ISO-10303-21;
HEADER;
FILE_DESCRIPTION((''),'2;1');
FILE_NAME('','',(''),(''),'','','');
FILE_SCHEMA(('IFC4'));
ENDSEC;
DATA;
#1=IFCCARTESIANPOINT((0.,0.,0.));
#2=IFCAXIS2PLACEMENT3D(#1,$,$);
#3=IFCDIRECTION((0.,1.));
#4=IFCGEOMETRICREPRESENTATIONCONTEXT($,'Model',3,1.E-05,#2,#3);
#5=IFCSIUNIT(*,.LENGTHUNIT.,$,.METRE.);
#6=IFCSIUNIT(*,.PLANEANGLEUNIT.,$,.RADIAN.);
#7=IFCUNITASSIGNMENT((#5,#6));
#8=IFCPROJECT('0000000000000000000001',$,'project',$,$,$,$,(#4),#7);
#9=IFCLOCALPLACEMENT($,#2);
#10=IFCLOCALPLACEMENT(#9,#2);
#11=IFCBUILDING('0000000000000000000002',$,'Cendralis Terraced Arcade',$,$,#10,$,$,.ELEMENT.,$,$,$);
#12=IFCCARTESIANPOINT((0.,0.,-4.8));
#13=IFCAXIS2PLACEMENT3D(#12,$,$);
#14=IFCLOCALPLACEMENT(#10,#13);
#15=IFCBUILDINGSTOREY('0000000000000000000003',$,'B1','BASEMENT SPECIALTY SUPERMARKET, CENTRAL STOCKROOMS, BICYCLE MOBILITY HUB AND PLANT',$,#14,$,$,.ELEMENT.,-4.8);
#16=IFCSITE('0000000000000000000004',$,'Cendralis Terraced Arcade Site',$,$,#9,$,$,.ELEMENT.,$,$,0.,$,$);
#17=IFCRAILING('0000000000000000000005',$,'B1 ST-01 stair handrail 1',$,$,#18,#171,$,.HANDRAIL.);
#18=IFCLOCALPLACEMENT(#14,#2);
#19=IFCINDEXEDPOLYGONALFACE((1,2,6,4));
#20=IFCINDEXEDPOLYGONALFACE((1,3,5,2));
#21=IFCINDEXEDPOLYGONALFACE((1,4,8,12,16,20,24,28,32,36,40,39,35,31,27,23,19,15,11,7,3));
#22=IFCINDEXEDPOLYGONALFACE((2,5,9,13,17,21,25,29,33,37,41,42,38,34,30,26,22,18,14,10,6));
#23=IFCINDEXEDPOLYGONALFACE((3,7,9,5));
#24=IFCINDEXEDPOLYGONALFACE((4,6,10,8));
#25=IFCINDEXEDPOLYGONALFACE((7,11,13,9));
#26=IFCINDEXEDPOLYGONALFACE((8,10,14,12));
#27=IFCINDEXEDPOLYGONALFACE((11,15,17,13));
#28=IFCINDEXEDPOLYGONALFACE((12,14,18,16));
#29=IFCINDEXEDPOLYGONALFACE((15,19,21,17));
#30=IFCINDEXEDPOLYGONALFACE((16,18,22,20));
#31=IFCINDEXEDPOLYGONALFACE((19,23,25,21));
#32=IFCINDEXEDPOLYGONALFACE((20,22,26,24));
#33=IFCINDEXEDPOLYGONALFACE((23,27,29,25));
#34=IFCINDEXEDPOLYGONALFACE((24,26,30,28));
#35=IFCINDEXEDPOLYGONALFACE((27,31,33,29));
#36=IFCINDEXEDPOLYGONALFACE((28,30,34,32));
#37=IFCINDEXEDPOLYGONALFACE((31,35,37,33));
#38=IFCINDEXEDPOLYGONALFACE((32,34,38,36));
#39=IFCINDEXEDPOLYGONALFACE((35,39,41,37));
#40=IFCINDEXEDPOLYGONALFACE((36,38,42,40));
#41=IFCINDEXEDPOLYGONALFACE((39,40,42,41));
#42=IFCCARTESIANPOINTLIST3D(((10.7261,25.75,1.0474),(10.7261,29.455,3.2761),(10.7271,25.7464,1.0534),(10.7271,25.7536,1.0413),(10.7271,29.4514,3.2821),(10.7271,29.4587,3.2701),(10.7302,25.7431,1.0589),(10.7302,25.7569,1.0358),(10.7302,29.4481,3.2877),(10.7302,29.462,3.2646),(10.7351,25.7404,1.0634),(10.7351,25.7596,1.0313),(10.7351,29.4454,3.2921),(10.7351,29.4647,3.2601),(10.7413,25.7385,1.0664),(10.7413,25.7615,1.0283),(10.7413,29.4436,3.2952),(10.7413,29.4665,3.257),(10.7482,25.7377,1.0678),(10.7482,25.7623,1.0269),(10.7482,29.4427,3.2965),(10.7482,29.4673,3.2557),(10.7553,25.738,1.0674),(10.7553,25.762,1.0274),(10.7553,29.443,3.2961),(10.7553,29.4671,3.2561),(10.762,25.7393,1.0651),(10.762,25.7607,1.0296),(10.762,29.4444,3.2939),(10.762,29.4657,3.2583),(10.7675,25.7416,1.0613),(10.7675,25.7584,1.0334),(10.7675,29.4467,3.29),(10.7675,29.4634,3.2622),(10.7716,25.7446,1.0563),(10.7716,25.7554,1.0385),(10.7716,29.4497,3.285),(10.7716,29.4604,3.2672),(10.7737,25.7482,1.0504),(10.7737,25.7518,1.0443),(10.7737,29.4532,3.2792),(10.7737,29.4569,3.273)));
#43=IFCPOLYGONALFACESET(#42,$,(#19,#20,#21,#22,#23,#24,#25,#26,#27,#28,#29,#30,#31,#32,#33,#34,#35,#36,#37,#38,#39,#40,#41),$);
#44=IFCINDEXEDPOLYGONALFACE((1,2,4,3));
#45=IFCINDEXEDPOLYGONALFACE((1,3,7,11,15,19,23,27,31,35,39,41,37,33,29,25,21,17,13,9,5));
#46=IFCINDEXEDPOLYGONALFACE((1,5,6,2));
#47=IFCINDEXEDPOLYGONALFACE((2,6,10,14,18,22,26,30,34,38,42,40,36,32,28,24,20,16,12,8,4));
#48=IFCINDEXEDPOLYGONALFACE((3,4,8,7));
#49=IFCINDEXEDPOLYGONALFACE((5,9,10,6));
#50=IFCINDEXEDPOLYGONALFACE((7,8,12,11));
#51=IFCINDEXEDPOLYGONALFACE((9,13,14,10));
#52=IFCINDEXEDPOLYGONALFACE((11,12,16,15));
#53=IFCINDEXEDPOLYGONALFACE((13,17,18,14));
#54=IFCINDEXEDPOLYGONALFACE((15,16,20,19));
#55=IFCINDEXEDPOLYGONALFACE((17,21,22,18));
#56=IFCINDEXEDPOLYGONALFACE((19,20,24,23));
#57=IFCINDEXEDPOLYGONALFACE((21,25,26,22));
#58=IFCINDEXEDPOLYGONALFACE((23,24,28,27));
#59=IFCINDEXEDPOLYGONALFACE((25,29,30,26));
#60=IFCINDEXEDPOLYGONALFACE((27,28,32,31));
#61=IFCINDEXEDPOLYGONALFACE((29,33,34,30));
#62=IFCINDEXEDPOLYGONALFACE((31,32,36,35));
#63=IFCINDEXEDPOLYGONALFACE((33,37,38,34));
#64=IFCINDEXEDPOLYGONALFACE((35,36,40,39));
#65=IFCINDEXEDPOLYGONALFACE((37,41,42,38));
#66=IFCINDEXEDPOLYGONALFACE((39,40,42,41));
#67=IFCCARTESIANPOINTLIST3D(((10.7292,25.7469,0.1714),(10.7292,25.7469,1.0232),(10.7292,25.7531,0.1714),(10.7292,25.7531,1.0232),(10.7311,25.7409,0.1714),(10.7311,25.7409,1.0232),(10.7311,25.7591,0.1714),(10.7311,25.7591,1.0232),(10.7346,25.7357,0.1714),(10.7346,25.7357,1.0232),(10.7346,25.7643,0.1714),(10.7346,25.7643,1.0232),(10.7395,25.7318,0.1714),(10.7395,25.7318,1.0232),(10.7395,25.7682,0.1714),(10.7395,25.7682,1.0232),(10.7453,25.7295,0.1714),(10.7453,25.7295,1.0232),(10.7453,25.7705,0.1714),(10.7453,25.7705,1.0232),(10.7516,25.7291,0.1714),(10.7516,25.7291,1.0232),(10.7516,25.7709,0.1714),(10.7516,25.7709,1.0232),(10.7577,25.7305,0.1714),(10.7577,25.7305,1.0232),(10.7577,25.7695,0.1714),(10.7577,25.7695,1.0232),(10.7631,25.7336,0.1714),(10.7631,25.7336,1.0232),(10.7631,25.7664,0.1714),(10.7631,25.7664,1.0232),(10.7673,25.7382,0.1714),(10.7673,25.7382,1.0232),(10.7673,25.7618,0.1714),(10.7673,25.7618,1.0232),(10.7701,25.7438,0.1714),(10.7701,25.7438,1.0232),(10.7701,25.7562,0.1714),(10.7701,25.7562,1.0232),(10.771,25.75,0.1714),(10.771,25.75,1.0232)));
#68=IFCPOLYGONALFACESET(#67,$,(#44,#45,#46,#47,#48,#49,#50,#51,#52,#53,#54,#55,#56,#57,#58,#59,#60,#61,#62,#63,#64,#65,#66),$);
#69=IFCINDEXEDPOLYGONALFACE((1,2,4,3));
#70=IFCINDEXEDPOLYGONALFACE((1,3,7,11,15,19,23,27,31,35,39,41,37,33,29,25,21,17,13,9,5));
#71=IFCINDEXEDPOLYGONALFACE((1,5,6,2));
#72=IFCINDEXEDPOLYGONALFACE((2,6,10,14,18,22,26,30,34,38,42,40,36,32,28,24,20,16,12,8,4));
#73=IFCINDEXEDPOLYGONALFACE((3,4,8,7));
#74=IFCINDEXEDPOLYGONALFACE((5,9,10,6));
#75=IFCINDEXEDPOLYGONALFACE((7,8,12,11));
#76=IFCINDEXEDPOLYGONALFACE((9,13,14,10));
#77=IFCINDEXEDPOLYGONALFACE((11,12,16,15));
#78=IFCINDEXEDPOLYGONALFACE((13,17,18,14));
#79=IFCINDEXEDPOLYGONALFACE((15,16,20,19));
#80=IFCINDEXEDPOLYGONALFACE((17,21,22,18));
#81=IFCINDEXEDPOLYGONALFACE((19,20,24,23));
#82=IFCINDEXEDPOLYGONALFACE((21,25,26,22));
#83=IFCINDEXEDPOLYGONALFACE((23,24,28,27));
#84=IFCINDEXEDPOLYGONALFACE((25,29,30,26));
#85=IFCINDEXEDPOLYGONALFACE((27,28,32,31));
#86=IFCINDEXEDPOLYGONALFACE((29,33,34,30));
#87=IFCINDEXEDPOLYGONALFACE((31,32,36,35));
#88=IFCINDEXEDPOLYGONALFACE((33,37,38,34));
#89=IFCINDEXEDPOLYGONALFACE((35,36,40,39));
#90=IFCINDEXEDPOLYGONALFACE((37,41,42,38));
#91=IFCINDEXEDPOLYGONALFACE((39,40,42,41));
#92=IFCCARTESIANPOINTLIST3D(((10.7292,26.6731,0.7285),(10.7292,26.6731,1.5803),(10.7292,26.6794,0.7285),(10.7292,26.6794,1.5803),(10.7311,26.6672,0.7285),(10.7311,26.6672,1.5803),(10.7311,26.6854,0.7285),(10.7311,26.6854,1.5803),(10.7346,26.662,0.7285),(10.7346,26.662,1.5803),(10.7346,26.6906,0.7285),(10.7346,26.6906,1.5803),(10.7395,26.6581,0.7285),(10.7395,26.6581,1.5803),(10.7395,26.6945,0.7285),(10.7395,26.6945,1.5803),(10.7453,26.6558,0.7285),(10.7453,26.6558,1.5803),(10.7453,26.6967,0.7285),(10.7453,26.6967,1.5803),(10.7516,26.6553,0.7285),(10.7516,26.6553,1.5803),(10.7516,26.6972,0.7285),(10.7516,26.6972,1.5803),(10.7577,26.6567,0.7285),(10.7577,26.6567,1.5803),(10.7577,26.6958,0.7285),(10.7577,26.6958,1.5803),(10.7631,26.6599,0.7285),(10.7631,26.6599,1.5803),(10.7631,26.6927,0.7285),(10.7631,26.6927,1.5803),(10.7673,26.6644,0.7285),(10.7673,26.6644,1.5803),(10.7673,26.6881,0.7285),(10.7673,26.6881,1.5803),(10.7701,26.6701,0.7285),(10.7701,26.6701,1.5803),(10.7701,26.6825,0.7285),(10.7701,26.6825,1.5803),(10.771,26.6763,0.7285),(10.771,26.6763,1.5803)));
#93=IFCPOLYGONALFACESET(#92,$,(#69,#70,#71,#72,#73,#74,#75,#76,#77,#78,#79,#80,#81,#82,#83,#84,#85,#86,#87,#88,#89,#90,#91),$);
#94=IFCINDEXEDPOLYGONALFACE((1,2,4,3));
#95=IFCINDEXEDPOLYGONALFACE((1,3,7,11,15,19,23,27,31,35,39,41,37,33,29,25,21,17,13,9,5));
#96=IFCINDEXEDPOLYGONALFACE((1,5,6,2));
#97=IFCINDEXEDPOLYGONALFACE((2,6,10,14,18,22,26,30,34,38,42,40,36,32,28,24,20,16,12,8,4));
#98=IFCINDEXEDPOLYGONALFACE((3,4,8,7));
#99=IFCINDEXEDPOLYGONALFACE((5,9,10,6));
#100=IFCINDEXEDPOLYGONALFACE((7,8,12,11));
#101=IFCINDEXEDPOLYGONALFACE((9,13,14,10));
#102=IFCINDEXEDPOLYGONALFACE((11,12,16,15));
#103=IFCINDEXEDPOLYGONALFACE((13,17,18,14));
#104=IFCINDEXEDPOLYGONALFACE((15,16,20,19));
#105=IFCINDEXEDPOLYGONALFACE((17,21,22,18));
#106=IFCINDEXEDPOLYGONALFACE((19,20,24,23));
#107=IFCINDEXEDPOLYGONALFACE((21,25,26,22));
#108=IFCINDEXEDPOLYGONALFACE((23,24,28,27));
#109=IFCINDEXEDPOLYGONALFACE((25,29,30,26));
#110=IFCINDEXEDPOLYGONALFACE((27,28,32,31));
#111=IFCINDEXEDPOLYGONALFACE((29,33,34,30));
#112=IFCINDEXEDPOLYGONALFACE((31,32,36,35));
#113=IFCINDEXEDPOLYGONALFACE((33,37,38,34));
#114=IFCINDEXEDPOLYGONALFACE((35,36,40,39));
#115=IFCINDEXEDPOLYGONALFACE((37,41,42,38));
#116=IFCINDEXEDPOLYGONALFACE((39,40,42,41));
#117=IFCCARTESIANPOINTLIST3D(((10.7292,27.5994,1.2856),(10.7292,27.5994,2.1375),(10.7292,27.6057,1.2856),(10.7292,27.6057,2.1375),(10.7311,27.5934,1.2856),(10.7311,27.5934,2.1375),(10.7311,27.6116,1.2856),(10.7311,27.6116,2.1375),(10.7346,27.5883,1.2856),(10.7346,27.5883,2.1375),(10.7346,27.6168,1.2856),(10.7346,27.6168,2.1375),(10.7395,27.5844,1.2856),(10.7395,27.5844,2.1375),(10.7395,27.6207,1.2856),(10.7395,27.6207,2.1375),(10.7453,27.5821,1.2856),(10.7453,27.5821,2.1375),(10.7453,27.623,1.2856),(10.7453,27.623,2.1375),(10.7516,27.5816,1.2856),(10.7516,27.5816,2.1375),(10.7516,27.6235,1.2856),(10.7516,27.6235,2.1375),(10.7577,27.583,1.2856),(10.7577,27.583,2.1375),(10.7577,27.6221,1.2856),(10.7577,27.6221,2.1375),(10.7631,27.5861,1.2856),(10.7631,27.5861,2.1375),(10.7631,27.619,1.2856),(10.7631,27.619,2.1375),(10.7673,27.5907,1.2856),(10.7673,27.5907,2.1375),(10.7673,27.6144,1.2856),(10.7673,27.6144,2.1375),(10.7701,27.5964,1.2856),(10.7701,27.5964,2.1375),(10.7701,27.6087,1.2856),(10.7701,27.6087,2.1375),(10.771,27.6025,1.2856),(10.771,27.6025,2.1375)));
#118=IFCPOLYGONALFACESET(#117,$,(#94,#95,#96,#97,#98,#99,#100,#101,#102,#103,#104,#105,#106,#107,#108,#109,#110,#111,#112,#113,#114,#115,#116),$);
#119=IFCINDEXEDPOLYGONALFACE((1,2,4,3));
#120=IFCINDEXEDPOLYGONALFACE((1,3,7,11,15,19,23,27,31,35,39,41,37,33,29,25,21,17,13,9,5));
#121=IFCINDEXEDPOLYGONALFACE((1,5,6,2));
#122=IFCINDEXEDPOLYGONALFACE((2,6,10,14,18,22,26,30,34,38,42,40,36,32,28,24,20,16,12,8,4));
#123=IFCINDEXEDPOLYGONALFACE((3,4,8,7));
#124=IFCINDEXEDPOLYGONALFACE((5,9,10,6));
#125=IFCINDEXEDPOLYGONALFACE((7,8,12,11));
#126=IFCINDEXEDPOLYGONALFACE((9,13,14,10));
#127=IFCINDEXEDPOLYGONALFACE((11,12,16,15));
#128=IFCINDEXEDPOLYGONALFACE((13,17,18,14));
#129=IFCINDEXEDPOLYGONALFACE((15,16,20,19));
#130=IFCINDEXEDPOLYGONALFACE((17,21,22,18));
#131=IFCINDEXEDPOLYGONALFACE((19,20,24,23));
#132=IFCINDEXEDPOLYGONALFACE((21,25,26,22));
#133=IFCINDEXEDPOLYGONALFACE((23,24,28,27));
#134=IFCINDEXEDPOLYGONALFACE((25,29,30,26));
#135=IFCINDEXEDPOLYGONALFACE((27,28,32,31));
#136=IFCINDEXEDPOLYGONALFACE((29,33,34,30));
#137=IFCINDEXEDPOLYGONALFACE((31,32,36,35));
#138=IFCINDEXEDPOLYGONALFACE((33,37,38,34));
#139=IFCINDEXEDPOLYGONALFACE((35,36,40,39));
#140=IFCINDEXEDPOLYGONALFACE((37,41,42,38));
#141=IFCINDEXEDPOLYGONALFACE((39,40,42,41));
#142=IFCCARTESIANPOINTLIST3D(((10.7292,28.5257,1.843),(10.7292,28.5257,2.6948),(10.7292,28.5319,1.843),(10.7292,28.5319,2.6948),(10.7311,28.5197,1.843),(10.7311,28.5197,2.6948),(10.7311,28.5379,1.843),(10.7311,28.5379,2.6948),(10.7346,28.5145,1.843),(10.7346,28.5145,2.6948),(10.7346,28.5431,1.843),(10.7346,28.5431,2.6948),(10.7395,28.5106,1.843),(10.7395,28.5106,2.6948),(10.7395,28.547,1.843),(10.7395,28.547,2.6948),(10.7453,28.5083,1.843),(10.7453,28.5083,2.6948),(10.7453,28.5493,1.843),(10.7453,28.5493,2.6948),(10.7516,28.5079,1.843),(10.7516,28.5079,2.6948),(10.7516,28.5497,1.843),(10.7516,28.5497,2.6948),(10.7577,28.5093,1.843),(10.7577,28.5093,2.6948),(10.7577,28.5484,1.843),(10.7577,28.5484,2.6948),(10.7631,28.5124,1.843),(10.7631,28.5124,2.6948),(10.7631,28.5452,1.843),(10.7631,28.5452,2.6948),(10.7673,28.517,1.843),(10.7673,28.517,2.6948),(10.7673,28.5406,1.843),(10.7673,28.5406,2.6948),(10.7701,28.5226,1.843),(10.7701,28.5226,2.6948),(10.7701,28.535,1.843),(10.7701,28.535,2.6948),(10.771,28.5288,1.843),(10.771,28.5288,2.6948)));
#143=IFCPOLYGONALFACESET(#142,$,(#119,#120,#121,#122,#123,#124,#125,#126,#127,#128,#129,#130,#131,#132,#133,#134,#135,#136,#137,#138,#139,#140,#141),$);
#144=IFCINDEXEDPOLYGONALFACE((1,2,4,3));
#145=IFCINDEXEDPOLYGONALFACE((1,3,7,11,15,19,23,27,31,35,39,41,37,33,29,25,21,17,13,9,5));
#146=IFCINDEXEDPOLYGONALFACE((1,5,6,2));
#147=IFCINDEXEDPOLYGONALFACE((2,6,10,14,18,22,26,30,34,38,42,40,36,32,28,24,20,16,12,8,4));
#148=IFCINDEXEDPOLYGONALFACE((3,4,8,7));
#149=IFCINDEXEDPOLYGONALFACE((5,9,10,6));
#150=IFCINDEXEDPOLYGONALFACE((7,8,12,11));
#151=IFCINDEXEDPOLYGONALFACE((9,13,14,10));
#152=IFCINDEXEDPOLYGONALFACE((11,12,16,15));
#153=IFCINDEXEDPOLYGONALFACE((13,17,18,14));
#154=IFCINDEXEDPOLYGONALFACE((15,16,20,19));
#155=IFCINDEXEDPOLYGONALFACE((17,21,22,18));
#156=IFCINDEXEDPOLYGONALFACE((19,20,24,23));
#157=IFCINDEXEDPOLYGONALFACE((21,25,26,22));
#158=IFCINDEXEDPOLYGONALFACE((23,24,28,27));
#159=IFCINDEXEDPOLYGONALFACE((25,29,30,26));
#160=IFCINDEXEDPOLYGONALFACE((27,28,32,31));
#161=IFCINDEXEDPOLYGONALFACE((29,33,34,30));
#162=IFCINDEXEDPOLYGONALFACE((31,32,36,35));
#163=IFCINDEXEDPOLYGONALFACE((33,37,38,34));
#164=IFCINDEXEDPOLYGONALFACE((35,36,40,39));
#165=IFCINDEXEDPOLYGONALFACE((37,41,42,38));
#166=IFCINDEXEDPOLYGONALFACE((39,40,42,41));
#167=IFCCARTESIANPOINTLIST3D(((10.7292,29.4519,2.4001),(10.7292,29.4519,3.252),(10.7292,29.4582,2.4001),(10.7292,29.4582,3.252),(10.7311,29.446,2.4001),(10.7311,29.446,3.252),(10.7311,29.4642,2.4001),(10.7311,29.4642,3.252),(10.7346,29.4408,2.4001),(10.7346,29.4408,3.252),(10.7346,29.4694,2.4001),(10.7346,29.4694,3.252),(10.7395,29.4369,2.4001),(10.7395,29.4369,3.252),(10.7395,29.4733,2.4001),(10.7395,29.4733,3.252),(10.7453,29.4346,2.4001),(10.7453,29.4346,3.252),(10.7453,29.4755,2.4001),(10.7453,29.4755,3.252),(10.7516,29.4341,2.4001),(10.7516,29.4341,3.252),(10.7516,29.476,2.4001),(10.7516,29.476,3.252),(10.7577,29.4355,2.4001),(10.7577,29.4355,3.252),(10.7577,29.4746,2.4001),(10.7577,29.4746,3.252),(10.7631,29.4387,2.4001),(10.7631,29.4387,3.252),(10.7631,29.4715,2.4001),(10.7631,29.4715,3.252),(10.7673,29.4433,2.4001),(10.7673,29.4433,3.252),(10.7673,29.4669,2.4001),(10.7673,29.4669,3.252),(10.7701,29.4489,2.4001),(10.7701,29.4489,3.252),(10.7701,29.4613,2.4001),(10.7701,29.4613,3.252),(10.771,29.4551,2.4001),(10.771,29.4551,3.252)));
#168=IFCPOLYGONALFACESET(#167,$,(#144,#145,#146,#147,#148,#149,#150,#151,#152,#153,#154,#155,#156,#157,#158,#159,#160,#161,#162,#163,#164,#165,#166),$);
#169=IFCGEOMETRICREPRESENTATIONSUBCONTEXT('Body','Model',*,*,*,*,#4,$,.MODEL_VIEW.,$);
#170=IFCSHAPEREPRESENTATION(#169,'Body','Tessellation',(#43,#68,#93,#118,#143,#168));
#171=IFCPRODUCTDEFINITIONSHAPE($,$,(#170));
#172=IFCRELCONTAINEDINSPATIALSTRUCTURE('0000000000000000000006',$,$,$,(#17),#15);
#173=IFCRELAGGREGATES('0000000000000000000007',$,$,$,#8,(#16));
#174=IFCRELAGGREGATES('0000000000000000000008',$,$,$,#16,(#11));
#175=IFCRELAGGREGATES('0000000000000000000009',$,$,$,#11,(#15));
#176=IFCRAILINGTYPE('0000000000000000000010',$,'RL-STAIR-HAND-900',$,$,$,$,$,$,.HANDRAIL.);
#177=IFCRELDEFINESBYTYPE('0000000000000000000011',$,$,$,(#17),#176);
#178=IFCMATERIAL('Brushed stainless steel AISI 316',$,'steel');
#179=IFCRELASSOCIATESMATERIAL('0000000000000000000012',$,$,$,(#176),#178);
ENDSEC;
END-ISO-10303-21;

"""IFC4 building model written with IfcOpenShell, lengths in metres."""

from ifc_helpers import new_model, si_unit, direction, frame, origin, origin_2d, place, context, subcontext, project, spatial, circle, extrude, material, type_object, element, save


model = new_model("IFC4")

# Units and contexts
model_context = context("Model", 3, precision=1e-05, world=origin(), true_north=direction((0.0, 1.0)))
body_context = subcontext(model_context, "Body", "Model", "MODEL_VIEW")
ifc_project = project(units=[si_unit("LENGTHUNIT", "METRE"), si_unit("PLANEANGLEUNIT", "RADIAN")], contexts=[model_context])

# Site, building, storey
site_placement = place(None, origin())
site = spatial("IfcSite", under=ifc_project, at=site_placement, Name="Cendralis Terraced Arcade Site", CompositionType="ELEMENT", RefElevation=0.0)
building_placement = place(site_placement, origin())
building = spatial("IfcBuilding", under=site, at=building_placement, Name="Cendralis Terraced Arcade", CompositionType="ELEMENT")
storey_placement = place(building_placement, frame((0.0, 0.0, -4.8)))
storey = spatial("IfcBuildingStorey", under=building, at=storey_placement, Name="B1", Description="BASEMENT SPECIALTY SUPERMARKET, CENTRAL STOCKROOMS, BICYCLE MOBILITY HUB AND PLANT", CompositionType="ELEMENT", Elevation=-4.8)

# Railing
ifc_material_1 = material(Name="Brushed stainless steel AISI 316", Category="steel")
railing_type_1 = type_object("IfcRailingType", Name="RL-STAIR-HAND-900", PredefinedType="HANDRAIL", material=ifc_material_1)
railing_1_placement = place(storey_placement, frame((10.75, 25.75, 0.1714)))
element("IfcRailing", 1, at=railing_1_placement, inside=storey, type_object=railing_type_1, Name="B1 ST-01 stair handrail 1", PredefinedType="HANDRAIL", context=body_context, shape_type="SweptSolid", body=[
    extrude(circle(Radius=0.0239, at=origin_2d()), frame((0.0, 0.0, 0.876), z_axis=(0.0, 0.856909, 0.515467), x_axis=(-1.0, 0.0, 0.0)), (0.0, 0.0, 1.0), 4.3237),
    extrude(circle(Radius=0.021, at=origin_2d()), origin(), (0.0, 0.0, 1.0), 0.8518),
    extrude(circle(Radius=0.021, at=origin_2d()), frame((0.0, 0.9263, 0.5571)), (0.0, 0.0, 1.0), 0.8518),
    extrude(circle(Radius=0.021, at=origin_2d()), frame((0.0, 1.8525, 1.1143)), (0.0, 0.0, 1.0), 0.8518),
    extrude(circle(Radius=0.021, at=origin_2d()), frame((0.0, 2.7788, 1.6716)), (0.0, 0.0, 1.0), 0.8518),
    extrude(circle(Radius=0.021, at=origin_2d()), frame((0.0, 3.7051, 2.2288)), (0.0, 0.0, 1.0), 0.8518),
])

save(model, "model.ifc")
